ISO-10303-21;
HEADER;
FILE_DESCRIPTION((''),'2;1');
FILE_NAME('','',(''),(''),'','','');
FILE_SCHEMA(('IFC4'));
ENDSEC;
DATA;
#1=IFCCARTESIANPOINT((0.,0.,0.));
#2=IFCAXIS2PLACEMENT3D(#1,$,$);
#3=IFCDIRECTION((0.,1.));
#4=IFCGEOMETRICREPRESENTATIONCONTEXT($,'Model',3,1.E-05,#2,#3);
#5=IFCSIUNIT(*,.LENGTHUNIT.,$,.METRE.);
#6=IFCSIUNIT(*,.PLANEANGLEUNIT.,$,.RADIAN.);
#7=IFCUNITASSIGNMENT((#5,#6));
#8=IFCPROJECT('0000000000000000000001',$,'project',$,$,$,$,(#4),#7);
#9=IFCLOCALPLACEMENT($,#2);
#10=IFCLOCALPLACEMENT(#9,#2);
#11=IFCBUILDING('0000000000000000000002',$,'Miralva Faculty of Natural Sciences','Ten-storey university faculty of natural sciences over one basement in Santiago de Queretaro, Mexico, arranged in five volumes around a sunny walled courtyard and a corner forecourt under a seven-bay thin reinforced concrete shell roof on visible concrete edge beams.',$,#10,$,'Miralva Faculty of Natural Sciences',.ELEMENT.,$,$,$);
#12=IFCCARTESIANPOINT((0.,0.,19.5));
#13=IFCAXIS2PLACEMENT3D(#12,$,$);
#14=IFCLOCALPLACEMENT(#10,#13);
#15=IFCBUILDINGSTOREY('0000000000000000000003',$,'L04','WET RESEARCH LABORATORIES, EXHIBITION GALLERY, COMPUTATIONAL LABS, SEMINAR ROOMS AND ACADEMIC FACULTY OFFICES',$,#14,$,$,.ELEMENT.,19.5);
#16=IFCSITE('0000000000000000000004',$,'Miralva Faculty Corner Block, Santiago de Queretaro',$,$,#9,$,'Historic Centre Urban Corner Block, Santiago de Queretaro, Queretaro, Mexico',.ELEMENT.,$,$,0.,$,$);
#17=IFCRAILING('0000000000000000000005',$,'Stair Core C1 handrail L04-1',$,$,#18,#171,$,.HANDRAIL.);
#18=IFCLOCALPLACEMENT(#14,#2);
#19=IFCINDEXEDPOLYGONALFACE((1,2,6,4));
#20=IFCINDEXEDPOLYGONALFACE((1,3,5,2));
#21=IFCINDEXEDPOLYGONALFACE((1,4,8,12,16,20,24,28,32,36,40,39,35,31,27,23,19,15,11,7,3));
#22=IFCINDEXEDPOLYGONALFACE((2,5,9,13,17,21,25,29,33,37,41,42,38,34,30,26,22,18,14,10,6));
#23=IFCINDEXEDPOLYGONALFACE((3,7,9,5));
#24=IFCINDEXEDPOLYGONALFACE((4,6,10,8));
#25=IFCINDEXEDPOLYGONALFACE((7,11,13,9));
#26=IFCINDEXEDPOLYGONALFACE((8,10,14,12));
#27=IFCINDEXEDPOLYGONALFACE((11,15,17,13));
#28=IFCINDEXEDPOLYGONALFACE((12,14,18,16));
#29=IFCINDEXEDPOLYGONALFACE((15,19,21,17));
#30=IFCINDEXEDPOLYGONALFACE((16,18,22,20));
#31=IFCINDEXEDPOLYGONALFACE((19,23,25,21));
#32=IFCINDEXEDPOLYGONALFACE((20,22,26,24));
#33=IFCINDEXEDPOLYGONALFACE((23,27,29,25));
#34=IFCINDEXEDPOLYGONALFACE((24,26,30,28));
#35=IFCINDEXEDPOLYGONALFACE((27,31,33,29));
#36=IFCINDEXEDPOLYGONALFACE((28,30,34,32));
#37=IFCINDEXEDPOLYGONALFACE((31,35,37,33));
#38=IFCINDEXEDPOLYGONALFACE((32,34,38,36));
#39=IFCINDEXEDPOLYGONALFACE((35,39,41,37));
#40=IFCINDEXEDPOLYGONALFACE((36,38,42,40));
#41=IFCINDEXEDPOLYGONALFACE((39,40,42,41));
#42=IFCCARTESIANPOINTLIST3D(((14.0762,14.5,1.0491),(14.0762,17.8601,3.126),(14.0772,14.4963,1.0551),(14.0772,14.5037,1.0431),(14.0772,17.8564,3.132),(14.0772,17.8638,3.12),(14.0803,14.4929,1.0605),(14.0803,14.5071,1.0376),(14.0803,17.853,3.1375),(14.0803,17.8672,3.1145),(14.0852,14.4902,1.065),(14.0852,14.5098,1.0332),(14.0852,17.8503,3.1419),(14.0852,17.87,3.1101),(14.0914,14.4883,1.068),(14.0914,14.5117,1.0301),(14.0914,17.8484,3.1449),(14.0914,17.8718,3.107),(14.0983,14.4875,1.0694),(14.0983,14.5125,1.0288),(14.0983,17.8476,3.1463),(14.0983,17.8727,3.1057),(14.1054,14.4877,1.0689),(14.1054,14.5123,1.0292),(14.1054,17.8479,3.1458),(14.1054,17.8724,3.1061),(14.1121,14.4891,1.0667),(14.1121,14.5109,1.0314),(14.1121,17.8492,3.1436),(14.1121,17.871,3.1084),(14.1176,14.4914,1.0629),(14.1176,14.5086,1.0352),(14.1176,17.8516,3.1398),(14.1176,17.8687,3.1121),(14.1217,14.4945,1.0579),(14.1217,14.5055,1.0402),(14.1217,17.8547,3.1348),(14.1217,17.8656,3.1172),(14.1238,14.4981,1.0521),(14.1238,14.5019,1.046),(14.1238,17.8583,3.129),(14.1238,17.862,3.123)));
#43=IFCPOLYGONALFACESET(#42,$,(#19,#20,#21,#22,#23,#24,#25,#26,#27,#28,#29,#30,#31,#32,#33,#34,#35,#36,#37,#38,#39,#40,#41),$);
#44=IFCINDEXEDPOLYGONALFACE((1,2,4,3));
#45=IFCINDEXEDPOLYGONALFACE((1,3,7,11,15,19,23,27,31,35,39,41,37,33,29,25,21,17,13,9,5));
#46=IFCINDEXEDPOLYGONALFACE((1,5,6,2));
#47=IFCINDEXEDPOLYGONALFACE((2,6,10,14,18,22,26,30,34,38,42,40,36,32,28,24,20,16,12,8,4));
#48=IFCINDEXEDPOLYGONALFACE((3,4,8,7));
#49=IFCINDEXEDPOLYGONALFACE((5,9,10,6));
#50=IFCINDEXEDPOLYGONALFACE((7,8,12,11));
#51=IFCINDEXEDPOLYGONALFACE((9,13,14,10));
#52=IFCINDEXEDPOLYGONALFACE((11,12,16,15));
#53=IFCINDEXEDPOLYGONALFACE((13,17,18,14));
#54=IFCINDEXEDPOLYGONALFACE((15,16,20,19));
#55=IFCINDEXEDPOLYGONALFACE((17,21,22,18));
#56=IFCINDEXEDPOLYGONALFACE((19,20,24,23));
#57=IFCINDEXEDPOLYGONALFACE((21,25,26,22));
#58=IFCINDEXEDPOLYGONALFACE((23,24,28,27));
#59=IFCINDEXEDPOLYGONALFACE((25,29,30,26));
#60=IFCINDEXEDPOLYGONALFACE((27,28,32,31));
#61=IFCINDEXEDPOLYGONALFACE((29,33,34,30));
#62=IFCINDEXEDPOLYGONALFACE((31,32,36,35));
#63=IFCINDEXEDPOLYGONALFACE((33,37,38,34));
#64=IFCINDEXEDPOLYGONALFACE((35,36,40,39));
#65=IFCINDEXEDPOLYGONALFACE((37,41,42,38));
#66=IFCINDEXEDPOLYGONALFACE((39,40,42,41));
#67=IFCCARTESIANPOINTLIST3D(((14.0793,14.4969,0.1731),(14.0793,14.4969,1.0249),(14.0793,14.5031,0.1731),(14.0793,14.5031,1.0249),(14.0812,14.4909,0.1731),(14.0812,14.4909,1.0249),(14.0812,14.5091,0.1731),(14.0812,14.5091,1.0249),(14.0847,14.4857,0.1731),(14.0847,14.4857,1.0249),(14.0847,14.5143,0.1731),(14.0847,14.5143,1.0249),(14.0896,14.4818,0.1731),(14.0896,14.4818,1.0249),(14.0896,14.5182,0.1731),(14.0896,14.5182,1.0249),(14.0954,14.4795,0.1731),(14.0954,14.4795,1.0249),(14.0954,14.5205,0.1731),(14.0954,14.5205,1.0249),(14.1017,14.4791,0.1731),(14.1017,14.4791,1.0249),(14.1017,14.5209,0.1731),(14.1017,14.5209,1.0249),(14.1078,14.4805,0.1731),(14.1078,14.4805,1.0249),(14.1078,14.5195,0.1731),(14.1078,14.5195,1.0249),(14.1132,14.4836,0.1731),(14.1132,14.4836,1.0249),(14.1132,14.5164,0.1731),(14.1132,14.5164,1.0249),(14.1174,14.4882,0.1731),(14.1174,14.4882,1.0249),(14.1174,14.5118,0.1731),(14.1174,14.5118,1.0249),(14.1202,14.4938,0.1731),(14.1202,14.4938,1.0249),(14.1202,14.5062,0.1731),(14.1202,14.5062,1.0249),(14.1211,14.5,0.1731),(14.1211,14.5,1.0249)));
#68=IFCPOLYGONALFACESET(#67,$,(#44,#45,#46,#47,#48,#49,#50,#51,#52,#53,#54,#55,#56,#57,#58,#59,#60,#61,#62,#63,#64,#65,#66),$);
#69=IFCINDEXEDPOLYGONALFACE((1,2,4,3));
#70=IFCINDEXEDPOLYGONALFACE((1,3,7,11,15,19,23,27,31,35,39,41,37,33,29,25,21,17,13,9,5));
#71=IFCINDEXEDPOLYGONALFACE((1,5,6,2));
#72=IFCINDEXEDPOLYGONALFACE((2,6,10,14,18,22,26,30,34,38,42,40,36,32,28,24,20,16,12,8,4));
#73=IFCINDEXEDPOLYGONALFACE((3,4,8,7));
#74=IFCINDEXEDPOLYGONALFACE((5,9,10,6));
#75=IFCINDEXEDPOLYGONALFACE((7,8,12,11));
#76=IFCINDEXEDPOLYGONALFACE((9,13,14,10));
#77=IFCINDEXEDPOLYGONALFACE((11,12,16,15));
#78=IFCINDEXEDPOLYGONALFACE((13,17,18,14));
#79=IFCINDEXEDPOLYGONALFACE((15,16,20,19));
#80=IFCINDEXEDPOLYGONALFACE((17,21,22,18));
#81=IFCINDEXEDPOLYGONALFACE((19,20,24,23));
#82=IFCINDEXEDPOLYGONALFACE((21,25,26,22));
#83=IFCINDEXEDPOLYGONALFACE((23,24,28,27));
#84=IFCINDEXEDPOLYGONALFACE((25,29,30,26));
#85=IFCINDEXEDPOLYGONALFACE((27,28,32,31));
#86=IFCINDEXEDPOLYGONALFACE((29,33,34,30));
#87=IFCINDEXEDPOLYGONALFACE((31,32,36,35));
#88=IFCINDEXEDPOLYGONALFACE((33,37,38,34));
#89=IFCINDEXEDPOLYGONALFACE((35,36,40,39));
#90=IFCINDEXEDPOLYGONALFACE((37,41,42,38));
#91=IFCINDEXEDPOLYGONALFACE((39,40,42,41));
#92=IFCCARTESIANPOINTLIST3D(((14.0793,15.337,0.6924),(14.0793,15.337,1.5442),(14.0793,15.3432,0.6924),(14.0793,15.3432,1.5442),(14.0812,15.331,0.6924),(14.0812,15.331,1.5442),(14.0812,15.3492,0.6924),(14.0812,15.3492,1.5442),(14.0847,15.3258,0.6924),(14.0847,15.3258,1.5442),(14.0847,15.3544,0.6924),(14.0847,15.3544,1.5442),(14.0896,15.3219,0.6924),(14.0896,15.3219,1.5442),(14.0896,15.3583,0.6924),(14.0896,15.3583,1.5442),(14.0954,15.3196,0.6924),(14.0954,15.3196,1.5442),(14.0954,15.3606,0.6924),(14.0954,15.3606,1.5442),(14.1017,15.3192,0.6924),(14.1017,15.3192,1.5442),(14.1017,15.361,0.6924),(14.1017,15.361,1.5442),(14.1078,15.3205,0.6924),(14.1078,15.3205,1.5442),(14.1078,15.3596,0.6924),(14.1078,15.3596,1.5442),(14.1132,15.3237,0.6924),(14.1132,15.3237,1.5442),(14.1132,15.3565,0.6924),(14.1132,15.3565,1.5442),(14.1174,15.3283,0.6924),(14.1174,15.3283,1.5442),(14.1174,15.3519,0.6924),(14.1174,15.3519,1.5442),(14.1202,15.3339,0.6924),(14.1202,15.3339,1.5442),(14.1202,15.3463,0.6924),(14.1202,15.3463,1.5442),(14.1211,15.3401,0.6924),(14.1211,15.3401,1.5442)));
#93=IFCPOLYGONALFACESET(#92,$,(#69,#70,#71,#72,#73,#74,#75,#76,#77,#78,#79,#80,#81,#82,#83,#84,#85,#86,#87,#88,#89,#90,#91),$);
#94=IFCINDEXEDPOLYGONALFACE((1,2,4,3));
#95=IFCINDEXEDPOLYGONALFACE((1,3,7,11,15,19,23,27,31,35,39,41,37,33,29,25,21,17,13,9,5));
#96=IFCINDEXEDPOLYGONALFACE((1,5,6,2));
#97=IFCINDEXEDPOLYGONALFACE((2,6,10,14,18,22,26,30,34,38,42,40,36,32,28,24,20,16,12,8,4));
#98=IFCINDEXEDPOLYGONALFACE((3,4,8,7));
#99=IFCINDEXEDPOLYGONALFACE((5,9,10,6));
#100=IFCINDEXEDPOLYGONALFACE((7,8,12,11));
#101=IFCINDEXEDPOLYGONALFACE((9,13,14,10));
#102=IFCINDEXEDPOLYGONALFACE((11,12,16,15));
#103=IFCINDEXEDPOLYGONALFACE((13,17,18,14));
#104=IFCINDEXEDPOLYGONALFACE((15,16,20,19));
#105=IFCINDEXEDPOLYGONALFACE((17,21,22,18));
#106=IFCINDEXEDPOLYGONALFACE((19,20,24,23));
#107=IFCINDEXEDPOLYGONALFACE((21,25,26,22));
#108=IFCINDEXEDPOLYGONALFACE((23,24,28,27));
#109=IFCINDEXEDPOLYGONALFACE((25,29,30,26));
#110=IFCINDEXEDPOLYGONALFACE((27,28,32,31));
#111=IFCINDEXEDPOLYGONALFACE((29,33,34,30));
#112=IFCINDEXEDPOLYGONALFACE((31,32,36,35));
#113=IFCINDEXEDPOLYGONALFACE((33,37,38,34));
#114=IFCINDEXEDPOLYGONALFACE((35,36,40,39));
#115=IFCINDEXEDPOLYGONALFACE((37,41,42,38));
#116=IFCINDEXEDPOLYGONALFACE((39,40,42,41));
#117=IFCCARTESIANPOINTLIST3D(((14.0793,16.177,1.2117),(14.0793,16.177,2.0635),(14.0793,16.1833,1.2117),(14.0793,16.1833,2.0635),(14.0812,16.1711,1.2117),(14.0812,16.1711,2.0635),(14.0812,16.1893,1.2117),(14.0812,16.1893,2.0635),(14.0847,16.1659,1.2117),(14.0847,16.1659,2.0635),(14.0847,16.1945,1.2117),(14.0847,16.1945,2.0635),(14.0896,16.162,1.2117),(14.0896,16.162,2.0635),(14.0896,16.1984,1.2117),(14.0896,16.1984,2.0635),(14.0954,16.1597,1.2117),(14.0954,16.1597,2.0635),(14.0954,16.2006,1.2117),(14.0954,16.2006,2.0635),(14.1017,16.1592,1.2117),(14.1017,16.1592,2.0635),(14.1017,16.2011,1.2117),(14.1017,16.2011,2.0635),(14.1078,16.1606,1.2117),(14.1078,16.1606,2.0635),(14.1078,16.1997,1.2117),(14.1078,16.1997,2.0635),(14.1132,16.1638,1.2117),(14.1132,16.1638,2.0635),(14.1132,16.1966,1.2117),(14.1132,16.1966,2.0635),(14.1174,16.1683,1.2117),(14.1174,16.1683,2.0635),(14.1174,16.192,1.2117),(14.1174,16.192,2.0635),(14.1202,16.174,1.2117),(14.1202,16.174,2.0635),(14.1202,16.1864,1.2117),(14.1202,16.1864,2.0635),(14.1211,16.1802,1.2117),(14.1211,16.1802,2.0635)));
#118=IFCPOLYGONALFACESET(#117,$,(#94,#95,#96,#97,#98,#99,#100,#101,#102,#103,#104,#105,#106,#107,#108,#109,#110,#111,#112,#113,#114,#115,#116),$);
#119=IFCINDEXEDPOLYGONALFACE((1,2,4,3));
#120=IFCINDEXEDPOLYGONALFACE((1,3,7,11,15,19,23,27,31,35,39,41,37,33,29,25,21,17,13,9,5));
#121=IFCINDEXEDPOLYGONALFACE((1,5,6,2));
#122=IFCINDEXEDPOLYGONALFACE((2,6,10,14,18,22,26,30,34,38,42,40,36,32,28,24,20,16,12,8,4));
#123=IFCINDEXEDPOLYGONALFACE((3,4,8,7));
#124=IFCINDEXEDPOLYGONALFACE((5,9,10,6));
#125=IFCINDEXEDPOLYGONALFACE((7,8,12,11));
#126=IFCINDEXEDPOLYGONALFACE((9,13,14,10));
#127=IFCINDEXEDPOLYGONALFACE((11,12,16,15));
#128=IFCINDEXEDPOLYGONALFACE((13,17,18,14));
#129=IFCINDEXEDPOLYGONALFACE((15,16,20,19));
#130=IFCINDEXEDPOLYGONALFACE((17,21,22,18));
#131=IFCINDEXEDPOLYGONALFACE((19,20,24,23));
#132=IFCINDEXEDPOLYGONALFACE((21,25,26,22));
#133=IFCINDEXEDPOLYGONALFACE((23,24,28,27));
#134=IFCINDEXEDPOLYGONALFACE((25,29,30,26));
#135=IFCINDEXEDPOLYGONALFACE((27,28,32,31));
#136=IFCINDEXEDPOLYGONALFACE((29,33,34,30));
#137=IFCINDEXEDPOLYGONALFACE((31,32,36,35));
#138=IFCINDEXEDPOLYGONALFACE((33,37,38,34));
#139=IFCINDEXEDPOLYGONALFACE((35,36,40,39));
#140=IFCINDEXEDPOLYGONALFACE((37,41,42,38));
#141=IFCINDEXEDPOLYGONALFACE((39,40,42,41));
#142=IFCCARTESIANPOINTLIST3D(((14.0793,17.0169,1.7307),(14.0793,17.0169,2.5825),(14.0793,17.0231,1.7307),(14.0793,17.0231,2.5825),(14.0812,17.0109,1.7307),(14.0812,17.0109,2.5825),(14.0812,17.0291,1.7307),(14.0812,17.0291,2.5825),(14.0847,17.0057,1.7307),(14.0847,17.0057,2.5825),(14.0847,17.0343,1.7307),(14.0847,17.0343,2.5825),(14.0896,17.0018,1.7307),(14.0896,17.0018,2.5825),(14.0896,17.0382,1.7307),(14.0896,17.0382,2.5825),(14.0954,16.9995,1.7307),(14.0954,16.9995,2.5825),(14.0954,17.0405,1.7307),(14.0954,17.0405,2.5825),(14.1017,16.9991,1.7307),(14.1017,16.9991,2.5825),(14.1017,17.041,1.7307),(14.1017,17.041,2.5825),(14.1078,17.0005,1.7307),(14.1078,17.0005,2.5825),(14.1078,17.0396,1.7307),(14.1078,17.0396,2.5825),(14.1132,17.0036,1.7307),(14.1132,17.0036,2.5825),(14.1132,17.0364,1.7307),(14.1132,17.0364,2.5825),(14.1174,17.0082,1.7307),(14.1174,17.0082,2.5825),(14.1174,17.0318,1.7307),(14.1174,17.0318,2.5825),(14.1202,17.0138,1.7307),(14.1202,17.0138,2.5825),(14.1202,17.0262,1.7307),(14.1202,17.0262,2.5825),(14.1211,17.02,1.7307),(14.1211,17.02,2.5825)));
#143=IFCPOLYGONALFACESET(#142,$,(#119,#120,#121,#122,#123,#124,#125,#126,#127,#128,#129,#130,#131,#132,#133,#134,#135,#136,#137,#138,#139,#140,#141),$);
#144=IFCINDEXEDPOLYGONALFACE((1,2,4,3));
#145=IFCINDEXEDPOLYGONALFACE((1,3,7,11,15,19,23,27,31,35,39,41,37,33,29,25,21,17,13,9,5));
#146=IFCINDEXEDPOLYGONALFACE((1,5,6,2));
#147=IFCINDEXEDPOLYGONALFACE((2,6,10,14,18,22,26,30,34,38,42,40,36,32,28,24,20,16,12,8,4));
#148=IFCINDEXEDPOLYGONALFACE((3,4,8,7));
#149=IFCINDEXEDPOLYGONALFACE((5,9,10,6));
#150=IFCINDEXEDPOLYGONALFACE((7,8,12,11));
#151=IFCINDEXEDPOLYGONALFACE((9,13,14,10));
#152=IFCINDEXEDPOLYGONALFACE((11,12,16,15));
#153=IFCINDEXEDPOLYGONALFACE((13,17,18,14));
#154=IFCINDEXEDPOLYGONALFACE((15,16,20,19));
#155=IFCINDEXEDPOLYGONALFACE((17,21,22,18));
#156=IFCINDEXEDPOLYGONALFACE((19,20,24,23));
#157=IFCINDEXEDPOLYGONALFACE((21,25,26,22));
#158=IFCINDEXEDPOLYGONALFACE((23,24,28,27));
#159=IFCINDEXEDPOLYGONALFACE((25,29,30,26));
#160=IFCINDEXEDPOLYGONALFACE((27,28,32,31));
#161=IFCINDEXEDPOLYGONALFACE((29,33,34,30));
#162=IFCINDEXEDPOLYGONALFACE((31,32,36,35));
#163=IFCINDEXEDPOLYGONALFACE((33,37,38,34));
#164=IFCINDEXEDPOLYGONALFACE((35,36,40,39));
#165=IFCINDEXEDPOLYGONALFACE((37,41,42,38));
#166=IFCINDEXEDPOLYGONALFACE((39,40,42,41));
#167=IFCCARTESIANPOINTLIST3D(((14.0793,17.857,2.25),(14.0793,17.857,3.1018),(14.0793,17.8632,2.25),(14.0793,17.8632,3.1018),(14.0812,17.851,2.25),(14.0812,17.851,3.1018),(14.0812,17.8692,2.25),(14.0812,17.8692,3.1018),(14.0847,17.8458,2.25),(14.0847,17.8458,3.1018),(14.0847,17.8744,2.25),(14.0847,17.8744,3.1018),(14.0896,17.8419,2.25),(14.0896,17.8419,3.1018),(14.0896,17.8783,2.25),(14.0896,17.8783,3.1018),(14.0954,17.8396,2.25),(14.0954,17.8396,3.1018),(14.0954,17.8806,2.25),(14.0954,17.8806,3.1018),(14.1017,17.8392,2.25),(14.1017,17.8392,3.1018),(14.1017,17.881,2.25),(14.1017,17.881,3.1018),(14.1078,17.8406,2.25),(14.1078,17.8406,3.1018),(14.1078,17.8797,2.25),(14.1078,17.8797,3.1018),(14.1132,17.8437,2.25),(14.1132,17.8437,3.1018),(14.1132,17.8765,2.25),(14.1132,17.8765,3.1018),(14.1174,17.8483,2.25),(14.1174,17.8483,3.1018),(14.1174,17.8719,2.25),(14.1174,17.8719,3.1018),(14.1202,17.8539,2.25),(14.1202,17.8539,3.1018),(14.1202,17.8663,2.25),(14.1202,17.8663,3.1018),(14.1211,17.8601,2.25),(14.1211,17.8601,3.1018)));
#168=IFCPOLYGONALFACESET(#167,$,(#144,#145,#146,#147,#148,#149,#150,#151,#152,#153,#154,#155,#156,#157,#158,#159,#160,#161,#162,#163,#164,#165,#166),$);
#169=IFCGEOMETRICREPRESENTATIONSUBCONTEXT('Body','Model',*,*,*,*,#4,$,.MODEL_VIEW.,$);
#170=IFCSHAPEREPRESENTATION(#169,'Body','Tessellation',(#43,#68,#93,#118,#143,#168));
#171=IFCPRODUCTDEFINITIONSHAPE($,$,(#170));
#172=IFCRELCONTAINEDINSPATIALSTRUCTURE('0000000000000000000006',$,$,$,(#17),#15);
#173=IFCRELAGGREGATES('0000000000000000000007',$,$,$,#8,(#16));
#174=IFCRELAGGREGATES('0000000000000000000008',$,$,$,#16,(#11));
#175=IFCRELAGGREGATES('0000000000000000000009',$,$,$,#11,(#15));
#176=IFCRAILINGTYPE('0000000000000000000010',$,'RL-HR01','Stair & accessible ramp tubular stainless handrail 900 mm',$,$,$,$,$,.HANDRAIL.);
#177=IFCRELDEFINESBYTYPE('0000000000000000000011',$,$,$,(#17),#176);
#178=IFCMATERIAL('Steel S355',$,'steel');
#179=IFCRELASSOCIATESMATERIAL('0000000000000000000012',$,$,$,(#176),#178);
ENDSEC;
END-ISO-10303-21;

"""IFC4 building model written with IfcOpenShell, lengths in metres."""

from ifc_helpers import new_model, si_unit, direction, frame, origin, origin_2d, place, context, subcontext, project, spatial, circle, extrude, material, type_object, element, save


model = new_model("IFC4")

# Units and contexts
model_context = context("Model", 3, precision=1e-05, world=origin(), true_north=direction((0.0, 1.0)))
body_context = subcontext(model_context, "Body", "Model", "MODEL_VIEW")
ifc_project = project(units=[si_unit("LENGTHUNIT", "METRE"), si_unit("PLANEANGLEUNIT", "RADIAN")], contexts=[model_context])

# Site, building, storey
site_placement = place(None, origin())
site = spatial("IfcSite", under=ifc_project, at=site_placement, Name="Miralva Faculty Corner Block, Santiago de Queretaro", LongName="Historic Centre Urban Corner Block, Santiago de Queretaro, Queretaro, Mexico", CompositionType="ELEMENT", RefElevation=0.0)
building_placement = place(site_placement, origin())
building = spatial("IfcBuilding", under=site, at=building_placement, Name="Miralva Faculty of Natural Sciences", Description="Ten-storey university faculty of natural sciences over one basement in Santiago de Queretaro, Mexico, arranged in five volumes around a sunny walled courtyard and a corner forecourt under a seven-bay thin reinforced concrete shell roof on visible concrete edge beams.", LongName="Miralva Faculty of Natural Sciences", CompositionType="ELEMENT")
storey_placement = place(building_placement, frame((0.0, 0.0, 19.5)))
storey = spatial("IfcBuildingStorey", under=building, at=storey_placement, Name="L04", Description="WET RESEARCH LABORATORIES, EXHIBITION GALLERY, COMPUTATIONAL LABS, SEMINAR ROOMS AND ACADEMIC FACULTY OFFICES", CompositionType="ELEMENT", Elevation=19.5)

# Railing
ifc_material_1 = material(Name="Steel S355", Category="steel")
railing_type_1 = type_object("IfcRailingType", Name="RL-HR01", Description="Stair & accessible ramp tubular stainless handrail 900 mm", PredefinedType="HANDRAIL", material=ifc_material_1)
railing_1_placement = place(storey_placement, frame((14.1001, 14.5, 0.1731)))
element("IfcRailing", 1, at=railing_1_placement, inside=storey, type_object=railing_type_1, Name="Stair Core C1 handrail L04-1", PredefinedType="HANDRAIL", context=body_context, shape_type="SweptSolid", body=[
    extrude(circle(Radius=0.0239, at=origin_2d()), frame((0.0, 0.0, 0.876), z_axis=(0.0, 0.850623, 0.525776), x_axis=(-1.0, 0.0, 0.0)), (0.0, 0.0, 1.0), 3.9502),
    extrude(circle(Radius=0.021, at=origin_2d()), origin(), (0.0, 0.0, 1.0), 0.8518),
    extrude(circle(Radius=0.021, at=origin_2d()), frame((0.0, 0.8401, 0.5193)), (0.0, 0.0, 1.0), 0.8518),
    extrude(circle(Radius=0.021, at=origin_2d()), frame((0.0, 1.6802, 1.0386)), (0.0, 0.0, 1.0), 0.8518),
    extrude(circle(Radius=0.021, at=origin_2d()), frame((0.0, 2.52, 1.5576)), (0.0, 0.0, 1.0), 0.8518),
    extrude(circle(Radius=0.021, at=origin_2d()), frame((0.0, 3.3601, 2.0769)), (0.0, 0.0, 1.0), 0.8518),
])

save(model, "model.ifc")
